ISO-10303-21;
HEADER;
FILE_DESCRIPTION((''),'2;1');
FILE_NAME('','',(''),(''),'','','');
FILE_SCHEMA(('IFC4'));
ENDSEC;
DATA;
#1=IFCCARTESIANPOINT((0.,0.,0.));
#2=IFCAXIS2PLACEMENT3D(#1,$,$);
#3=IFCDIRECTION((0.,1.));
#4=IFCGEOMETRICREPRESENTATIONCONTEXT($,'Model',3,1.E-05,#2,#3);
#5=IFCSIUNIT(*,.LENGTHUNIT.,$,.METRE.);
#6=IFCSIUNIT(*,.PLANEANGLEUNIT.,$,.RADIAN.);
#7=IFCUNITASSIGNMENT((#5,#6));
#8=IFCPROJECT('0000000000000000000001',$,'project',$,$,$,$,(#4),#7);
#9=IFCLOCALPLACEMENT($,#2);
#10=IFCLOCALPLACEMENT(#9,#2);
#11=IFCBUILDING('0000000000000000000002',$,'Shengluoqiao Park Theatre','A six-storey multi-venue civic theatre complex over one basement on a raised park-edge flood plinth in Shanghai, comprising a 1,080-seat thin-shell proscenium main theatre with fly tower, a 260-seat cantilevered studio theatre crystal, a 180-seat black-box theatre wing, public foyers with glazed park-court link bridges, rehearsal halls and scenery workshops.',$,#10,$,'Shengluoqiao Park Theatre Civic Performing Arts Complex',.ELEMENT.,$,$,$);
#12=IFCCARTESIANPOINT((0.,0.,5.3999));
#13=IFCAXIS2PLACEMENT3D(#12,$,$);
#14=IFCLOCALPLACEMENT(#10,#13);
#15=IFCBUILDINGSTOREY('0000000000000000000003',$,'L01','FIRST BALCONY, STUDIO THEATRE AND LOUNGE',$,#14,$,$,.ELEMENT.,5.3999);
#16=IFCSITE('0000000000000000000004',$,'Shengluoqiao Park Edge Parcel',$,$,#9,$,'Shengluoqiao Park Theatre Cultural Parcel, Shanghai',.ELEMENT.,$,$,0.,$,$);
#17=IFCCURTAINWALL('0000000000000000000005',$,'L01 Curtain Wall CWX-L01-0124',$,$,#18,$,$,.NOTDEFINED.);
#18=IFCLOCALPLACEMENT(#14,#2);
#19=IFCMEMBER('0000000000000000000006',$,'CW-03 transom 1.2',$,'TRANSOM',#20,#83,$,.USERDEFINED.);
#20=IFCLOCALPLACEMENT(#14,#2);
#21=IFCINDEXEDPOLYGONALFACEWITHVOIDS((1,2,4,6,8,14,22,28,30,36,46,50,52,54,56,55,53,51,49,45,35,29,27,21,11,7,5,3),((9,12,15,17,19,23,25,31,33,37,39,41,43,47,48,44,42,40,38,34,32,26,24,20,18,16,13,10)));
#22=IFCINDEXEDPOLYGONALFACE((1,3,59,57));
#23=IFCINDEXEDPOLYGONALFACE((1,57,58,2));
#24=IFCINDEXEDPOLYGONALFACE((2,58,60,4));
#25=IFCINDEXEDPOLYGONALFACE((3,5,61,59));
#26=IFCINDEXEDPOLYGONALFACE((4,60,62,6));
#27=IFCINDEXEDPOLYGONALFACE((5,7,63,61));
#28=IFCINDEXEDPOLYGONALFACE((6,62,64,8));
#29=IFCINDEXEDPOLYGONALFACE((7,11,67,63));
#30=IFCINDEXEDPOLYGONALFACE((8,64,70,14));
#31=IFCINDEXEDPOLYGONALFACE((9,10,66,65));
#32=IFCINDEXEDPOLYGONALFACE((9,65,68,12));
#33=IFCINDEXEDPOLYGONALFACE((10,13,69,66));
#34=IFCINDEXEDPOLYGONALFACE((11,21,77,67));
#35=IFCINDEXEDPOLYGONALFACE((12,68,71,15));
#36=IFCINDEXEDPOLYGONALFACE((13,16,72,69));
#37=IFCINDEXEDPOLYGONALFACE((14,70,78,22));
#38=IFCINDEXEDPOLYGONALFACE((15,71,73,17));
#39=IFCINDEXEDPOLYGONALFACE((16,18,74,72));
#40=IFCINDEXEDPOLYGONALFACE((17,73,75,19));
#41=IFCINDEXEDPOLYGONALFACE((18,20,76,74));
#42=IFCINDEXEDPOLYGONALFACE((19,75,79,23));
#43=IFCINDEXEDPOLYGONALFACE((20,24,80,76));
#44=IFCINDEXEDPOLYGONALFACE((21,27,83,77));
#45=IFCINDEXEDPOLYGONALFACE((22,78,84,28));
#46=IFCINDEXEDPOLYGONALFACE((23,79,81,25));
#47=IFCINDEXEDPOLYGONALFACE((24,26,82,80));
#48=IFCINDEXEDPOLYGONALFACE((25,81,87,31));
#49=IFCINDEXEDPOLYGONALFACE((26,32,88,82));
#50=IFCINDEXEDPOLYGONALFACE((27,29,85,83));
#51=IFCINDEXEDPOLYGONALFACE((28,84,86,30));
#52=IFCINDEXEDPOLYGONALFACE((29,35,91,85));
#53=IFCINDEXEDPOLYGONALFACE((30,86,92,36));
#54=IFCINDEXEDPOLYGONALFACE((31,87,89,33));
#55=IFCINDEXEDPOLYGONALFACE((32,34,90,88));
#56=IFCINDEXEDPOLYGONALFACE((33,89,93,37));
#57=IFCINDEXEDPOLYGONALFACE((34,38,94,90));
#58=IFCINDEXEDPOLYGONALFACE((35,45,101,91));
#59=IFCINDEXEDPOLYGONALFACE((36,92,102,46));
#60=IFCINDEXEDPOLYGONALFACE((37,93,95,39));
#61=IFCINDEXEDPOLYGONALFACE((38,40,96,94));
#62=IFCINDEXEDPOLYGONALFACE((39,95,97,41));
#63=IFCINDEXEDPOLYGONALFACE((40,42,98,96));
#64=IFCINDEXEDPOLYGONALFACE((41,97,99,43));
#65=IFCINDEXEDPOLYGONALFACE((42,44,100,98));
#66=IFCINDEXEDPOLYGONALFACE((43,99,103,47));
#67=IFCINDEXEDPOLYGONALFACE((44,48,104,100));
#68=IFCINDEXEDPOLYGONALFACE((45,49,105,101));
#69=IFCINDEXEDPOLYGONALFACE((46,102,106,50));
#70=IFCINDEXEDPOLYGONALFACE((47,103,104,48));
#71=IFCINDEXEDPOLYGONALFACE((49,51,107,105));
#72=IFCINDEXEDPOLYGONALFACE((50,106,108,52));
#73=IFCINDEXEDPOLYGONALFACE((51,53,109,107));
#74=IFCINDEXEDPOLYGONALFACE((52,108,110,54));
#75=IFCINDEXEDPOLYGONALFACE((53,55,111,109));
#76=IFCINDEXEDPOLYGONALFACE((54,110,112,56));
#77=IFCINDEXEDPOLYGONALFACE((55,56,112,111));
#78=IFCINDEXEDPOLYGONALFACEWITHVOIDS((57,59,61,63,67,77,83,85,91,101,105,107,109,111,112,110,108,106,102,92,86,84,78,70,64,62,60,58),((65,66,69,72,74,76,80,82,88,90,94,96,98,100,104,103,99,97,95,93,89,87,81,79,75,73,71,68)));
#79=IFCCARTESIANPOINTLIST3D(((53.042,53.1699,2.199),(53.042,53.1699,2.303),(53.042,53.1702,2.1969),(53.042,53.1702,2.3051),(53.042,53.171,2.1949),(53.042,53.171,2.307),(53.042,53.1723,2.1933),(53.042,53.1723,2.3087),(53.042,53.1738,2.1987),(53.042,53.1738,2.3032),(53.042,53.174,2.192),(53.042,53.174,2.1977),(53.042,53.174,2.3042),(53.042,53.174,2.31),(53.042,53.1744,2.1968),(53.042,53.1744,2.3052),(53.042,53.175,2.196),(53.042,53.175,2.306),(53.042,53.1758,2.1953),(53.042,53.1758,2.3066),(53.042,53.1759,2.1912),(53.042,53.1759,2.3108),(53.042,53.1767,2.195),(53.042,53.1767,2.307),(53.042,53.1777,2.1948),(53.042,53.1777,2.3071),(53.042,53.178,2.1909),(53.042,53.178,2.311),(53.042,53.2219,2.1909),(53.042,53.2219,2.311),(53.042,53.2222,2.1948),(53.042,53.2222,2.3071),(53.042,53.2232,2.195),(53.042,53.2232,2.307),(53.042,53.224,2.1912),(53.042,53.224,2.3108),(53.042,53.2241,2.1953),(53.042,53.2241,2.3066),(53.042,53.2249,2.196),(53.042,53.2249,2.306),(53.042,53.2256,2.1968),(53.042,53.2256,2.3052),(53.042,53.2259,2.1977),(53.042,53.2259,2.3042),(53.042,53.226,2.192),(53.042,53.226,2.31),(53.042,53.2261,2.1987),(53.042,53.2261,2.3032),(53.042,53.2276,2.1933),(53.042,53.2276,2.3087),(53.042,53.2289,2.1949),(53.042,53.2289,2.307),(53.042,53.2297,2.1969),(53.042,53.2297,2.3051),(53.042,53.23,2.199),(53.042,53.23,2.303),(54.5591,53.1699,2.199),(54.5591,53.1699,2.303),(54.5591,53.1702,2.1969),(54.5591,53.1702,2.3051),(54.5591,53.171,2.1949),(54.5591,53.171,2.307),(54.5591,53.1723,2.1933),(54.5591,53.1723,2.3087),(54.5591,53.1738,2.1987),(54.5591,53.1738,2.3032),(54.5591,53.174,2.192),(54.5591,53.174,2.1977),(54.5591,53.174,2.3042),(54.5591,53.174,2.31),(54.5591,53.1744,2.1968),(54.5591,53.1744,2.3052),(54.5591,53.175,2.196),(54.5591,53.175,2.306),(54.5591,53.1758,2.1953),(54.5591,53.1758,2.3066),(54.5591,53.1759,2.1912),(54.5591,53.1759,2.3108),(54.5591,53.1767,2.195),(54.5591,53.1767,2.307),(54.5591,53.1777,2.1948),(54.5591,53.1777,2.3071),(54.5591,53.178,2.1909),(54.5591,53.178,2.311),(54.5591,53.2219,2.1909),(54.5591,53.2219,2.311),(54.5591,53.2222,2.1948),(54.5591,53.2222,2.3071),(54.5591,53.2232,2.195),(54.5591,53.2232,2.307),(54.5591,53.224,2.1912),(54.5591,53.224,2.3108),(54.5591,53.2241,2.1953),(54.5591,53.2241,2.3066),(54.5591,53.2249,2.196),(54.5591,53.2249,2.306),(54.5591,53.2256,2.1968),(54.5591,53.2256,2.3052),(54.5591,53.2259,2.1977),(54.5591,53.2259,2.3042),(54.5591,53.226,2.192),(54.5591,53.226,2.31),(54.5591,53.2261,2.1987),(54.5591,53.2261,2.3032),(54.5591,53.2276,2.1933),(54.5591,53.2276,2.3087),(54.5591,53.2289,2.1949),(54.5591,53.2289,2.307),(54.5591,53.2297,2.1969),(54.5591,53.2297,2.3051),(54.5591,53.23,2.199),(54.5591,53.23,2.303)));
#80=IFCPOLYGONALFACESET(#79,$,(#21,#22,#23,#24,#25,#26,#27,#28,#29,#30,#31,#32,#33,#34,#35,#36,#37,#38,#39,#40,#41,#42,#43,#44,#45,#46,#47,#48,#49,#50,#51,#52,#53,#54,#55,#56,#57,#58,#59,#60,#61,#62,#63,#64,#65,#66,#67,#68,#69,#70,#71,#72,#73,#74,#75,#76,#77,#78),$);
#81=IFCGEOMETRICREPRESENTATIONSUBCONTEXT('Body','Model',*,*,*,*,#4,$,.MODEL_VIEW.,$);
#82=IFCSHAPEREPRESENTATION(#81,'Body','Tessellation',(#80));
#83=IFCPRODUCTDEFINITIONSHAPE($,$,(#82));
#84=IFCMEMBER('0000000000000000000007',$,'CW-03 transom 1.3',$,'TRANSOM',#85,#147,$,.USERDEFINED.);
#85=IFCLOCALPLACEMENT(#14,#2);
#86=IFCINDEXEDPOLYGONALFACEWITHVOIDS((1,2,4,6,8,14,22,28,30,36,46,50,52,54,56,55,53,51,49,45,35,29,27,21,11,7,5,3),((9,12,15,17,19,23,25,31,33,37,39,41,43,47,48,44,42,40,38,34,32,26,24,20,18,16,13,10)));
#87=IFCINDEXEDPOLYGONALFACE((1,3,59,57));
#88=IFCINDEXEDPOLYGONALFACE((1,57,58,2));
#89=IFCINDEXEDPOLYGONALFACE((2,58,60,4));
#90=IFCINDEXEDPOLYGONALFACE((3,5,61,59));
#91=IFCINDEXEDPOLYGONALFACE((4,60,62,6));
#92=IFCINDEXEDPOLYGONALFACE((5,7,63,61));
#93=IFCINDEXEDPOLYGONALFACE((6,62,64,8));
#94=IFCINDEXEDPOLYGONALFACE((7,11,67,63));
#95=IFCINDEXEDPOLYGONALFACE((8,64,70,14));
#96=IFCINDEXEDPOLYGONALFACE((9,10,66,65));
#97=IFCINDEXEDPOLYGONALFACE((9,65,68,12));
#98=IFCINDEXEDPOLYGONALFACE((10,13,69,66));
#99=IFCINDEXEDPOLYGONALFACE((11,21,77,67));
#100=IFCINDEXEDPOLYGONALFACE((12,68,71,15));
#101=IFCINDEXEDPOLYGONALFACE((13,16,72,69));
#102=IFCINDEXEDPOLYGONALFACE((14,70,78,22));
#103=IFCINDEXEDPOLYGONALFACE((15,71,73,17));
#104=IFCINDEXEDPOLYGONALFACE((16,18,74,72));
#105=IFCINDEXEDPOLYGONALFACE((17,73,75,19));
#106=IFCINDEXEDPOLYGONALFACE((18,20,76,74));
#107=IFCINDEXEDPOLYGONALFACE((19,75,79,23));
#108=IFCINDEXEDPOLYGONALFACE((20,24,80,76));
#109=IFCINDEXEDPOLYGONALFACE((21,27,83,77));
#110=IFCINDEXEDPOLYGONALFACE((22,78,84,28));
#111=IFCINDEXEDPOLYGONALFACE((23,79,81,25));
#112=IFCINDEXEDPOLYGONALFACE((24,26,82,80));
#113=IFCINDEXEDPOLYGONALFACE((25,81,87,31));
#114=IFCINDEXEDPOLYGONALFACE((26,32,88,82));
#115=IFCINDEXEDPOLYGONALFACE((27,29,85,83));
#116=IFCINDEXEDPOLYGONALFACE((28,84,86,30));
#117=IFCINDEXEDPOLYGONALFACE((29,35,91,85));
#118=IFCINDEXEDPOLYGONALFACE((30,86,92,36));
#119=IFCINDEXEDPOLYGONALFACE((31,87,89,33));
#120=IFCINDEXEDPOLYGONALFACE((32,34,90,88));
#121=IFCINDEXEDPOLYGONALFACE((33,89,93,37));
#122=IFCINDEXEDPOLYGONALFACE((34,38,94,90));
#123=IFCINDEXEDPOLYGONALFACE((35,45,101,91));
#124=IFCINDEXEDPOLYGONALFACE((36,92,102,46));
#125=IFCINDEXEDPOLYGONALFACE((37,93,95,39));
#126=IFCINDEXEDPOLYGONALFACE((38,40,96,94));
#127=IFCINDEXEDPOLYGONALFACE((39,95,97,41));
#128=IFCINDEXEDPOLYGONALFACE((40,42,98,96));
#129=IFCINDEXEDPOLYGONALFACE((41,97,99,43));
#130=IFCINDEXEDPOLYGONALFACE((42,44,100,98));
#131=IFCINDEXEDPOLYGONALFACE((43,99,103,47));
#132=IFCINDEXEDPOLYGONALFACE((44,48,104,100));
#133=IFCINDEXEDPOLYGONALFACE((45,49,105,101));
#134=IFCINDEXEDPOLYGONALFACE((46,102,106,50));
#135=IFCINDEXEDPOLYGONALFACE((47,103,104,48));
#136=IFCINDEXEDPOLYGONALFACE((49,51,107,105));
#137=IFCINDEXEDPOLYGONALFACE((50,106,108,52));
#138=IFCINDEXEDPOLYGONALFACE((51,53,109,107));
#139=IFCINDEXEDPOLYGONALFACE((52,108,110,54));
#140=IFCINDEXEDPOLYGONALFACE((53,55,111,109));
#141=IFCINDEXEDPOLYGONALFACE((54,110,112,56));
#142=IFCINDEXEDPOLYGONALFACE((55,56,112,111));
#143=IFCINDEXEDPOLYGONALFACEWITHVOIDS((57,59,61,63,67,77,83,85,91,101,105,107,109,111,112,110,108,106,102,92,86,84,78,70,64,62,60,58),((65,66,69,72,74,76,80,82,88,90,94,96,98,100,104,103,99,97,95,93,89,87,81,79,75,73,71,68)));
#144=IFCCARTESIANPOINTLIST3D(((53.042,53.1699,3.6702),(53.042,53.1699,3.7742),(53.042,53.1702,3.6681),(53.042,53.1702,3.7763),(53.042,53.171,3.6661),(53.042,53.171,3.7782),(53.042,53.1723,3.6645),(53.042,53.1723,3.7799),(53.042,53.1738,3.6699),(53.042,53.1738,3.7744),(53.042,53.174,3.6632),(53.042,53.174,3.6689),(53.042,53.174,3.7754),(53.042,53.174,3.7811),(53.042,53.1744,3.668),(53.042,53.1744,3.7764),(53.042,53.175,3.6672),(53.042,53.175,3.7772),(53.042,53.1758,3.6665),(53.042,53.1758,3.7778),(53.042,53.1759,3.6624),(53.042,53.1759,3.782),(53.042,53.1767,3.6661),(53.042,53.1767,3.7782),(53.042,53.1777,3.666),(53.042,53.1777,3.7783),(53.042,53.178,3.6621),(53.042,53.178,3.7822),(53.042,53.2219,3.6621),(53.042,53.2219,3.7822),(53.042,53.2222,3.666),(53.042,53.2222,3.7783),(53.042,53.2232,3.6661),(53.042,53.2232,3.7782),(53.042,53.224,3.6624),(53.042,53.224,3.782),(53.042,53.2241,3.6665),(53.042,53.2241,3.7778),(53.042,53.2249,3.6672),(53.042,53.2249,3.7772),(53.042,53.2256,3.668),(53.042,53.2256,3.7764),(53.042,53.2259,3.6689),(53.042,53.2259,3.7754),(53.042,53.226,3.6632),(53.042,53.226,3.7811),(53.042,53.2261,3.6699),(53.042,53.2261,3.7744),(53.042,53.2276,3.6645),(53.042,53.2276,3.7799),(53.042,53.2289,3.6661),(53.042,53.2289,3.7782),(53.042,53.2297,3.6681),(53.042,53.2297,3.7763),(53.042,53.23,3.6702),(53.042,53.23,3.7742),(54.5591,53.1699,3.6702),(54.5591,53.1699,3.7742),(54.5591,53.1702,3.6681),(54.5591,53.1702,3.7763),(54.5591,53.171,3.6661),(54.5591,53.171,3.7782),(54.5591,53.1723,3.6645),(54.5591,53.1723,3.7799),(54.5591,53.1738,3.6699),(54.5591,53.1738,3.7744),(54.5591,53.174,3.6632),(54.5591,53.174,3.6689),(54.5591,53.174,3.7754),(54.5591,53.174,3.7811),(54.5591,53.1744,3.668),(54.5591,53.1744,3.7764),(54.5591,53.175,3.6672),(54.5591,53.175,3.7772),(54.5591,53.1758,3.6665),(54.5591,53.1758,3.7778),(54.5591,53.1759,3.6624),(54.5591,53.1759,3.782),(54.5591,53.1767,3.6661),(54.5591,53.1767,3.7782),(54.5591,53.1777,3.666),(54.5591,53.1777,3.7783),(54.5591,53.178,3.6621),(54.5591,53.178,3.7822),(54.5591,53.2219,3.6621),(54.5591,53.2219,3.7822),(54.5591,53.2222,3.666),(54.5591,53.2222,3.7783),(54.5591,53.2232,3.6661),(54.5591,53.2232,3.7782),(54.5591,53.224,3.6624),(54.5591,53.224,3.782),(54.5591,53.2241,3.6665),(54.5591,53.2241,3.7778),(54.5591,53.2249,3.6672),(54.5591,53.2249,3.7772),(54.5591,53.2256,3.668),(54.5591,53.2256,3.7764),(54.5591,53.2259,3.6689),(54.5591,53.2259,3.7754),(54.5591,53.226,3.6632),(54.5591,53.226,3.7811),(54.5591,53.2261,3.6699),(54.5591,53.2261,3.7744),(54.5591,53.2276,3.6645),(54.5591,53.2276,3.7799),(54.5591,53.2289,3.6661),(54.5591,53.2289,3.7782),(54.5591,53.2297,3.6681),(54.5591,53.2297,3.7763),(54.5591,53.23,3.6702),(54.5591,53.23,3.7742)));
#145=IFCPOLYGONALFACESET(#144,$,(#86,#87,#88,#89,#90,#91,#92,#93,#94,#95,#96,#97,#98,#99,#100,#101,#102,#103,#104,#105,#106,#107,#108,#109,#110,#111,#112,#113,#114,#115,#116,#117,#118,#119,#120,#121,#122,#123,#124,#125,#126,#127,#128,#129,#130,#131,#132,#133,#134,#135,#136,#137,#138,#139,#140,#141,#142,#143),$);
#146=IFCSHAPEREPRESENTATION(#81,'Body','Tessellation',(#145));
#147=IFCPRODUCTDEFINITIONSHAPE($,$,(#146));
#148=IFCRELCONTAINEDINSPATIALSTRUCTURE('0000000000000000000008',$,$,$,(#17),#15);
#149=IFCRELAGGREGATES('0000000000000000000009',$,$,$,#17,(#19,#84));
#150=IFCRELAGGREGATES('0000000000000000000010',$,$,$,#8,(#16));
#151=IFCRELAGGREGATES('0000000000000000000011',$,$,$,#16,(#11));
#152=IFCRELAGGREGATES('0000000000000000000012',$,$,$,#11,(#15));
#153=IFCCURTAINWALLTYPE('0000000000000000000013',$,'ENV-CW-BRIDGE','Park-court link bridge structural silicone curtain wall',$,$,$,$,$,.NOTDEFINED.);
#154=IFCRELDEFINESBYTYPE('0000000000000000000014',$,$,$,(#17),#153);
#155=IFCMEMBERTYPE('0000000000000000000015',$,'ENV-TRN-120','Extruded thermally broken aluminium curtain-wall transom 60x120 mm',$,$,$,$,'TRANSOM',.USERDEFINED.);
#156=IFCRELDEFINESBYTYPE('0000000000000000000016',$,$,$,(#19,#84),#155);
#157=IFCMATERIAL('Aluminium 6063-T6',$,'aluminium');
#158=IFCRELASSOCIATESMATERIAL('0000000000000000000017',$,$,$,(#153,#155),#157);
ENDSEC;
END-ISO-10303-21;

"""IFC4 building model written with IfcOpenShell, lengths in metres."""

from ifc_helpers import new_model, si_unit, direction, frame, origin, origin_2d, place, context, subcontext, project, spatial, hollow_rectangle, extrude, material, material_profile, profile_set, type_object, element, aggregate, save


model = new_model("IFC4")

# Units and contexts
model_context = context("Model", 3, precision=1e-05, world=origin(), true_north=direction((0.0, 1.0)))
body_context = subcontext(model_context, "Body", "Model", "MODEL_VIEW")
ifc_project = project(units=[si_unit("LENGTHUNIT", "METRE"), si_unit("PLANEANGLEUNIT", "RADIAN")], contexts=[model_context])

# Site, building, storey
site_placement = place(None, origin())
site = spatial("IfcSite", under=ifc_project, at=site_placement, Name="Shengluoqiao Park Edge Parcel", LongName="Shengluoqiao Park Theatre Cultural Parcel, Shanghai", CompositionType="ELEMENT", RefElevation=0.0)
building_placement = place(site_placement, origin())
building = spatial("IfcBuilding", under=site, at=building_placement, Name="Shengluoqiao Park Theatre", Description="A six-storey multi-venue civic theatre complex over one basement on a raised park-edge flood plinth in Shanghai, comprising a 1,080-seat thin-shell proscenium main theatre with fly tower, a 260-seat cantilevered studio theatre crystal, a 180-seat black-box theatre wing, public foyers with glazed park-court link bridges, rehearsal halls and scenery workshops.", LongName="Shengluoqiao Park Theatre Civic Performing Arts Complex", CompositionType="ELEMENT")
storey_placement = place(building_placement, frame((0.0, 0.0, 5.3999)))
storey = spatial("IfcBuildingStorey", under=building, at=storey_placement, Name="L01", Description="FIRST BALCONY, STUDIO THEATRE AND LOUNGE", CompositionType="ELEMENT", Elevation=5.3999)

# Shared definitions
ifc_material_1 = material(Name="Aluminium 6063-T6", Category="aluminium")
curtain_wall_type = type_object("IfcCurtainWallType", Name="ENV-CW-BRIDGE", Description="Park-court link bridge structural silicone curtain wall", PredefinedType="NOTDEFINED", material=ifc_material_1)

# Curtain wall, members
curtain_wall_1_placement = place(storey_placement, origin())
curtain_wall_1 = element("IfcCurtainWall", 1, at=curtain_wall_1_placement, inside=storey, type_object=curtain_wall_type, Name="L01 Curtain Wall CWX-L01-0124", PredefinedType="NOTDEFINED")
ifc_material_profile_1 = material_profile(ifc_material_1, hollow_rectangle(XDim=0.0601, YDim=0.1201, WallThickness=0.0039, InnerFilletRadius=0.0039, OuterFilletRadius=0.0081, at=origin_2d()), Name="ALU TRANSOM 120x60x4")
ifc_profile_set_1 = profile_set([ifc_material_profile_1], Name="Aluminium 6063-T6")
member_type_1 = type_object("IfcMemberType", Name="ENV-TRN-120", Description="Extruded thermally broken aluminium curtain-wall transom 60x120 mm", ElementType="TRANSOM", PredefinedType="USERDEFINED", material=ifc_profile_set_1)
member_1_placement = place(storey_placement, frame((53.042, 53.2, 2.251), z_axis=(1.0, 0.0, 0.0), x_axis=(0.0, 1.0, 0.0)))
member_1 = element("IfcMember", 2, at=member_1_placement, type_object=member_type_1, Name="CW-03 transom 1.2", ObjectType="TRANSOM", PredefinedType="USERDEFINED", context=body_context, shape_type="SweptSolid", body=[
    extrude(hollow_rectangle(XDim=0.0601, YDim=0.1201, WallThickness=0.0039, InnerFilletRadius=0.0039, OuterFilletRadius=0.0081, at=origin_2d()), origin(), (0.0, 0.0, 1.0), 1.5171),
])
member_2_placement = place(storey_placement, frame((53.042, 53.2, 3.7222), z_axis=(1.0, 0.0, 0.0), x_axis=(0.0, 1.0, 0.0)))
member_2 = element("IfcMember", 3, at=member_2_placement, type_object=member_type_1, Name="CW-03 transom 1.3", ObjectType="TRANSOM", PredefinedType="USERDEFINED", context=body_context, shape_type="SweptSolid", body=[
    extrude(hollow_rectangle(XDim=0.0601, YDim=0.1201, WallThickness=0.0039, InnerFilletRadius=0.0039, OuterFilletRadius=0.0081, at=origin_2d()), origin(), (0.0, 0.0, 1.0), 1.5171),
])

aggregate(curtain_wall_1, [member_1, member_2])

save(model, "model.ifc")
